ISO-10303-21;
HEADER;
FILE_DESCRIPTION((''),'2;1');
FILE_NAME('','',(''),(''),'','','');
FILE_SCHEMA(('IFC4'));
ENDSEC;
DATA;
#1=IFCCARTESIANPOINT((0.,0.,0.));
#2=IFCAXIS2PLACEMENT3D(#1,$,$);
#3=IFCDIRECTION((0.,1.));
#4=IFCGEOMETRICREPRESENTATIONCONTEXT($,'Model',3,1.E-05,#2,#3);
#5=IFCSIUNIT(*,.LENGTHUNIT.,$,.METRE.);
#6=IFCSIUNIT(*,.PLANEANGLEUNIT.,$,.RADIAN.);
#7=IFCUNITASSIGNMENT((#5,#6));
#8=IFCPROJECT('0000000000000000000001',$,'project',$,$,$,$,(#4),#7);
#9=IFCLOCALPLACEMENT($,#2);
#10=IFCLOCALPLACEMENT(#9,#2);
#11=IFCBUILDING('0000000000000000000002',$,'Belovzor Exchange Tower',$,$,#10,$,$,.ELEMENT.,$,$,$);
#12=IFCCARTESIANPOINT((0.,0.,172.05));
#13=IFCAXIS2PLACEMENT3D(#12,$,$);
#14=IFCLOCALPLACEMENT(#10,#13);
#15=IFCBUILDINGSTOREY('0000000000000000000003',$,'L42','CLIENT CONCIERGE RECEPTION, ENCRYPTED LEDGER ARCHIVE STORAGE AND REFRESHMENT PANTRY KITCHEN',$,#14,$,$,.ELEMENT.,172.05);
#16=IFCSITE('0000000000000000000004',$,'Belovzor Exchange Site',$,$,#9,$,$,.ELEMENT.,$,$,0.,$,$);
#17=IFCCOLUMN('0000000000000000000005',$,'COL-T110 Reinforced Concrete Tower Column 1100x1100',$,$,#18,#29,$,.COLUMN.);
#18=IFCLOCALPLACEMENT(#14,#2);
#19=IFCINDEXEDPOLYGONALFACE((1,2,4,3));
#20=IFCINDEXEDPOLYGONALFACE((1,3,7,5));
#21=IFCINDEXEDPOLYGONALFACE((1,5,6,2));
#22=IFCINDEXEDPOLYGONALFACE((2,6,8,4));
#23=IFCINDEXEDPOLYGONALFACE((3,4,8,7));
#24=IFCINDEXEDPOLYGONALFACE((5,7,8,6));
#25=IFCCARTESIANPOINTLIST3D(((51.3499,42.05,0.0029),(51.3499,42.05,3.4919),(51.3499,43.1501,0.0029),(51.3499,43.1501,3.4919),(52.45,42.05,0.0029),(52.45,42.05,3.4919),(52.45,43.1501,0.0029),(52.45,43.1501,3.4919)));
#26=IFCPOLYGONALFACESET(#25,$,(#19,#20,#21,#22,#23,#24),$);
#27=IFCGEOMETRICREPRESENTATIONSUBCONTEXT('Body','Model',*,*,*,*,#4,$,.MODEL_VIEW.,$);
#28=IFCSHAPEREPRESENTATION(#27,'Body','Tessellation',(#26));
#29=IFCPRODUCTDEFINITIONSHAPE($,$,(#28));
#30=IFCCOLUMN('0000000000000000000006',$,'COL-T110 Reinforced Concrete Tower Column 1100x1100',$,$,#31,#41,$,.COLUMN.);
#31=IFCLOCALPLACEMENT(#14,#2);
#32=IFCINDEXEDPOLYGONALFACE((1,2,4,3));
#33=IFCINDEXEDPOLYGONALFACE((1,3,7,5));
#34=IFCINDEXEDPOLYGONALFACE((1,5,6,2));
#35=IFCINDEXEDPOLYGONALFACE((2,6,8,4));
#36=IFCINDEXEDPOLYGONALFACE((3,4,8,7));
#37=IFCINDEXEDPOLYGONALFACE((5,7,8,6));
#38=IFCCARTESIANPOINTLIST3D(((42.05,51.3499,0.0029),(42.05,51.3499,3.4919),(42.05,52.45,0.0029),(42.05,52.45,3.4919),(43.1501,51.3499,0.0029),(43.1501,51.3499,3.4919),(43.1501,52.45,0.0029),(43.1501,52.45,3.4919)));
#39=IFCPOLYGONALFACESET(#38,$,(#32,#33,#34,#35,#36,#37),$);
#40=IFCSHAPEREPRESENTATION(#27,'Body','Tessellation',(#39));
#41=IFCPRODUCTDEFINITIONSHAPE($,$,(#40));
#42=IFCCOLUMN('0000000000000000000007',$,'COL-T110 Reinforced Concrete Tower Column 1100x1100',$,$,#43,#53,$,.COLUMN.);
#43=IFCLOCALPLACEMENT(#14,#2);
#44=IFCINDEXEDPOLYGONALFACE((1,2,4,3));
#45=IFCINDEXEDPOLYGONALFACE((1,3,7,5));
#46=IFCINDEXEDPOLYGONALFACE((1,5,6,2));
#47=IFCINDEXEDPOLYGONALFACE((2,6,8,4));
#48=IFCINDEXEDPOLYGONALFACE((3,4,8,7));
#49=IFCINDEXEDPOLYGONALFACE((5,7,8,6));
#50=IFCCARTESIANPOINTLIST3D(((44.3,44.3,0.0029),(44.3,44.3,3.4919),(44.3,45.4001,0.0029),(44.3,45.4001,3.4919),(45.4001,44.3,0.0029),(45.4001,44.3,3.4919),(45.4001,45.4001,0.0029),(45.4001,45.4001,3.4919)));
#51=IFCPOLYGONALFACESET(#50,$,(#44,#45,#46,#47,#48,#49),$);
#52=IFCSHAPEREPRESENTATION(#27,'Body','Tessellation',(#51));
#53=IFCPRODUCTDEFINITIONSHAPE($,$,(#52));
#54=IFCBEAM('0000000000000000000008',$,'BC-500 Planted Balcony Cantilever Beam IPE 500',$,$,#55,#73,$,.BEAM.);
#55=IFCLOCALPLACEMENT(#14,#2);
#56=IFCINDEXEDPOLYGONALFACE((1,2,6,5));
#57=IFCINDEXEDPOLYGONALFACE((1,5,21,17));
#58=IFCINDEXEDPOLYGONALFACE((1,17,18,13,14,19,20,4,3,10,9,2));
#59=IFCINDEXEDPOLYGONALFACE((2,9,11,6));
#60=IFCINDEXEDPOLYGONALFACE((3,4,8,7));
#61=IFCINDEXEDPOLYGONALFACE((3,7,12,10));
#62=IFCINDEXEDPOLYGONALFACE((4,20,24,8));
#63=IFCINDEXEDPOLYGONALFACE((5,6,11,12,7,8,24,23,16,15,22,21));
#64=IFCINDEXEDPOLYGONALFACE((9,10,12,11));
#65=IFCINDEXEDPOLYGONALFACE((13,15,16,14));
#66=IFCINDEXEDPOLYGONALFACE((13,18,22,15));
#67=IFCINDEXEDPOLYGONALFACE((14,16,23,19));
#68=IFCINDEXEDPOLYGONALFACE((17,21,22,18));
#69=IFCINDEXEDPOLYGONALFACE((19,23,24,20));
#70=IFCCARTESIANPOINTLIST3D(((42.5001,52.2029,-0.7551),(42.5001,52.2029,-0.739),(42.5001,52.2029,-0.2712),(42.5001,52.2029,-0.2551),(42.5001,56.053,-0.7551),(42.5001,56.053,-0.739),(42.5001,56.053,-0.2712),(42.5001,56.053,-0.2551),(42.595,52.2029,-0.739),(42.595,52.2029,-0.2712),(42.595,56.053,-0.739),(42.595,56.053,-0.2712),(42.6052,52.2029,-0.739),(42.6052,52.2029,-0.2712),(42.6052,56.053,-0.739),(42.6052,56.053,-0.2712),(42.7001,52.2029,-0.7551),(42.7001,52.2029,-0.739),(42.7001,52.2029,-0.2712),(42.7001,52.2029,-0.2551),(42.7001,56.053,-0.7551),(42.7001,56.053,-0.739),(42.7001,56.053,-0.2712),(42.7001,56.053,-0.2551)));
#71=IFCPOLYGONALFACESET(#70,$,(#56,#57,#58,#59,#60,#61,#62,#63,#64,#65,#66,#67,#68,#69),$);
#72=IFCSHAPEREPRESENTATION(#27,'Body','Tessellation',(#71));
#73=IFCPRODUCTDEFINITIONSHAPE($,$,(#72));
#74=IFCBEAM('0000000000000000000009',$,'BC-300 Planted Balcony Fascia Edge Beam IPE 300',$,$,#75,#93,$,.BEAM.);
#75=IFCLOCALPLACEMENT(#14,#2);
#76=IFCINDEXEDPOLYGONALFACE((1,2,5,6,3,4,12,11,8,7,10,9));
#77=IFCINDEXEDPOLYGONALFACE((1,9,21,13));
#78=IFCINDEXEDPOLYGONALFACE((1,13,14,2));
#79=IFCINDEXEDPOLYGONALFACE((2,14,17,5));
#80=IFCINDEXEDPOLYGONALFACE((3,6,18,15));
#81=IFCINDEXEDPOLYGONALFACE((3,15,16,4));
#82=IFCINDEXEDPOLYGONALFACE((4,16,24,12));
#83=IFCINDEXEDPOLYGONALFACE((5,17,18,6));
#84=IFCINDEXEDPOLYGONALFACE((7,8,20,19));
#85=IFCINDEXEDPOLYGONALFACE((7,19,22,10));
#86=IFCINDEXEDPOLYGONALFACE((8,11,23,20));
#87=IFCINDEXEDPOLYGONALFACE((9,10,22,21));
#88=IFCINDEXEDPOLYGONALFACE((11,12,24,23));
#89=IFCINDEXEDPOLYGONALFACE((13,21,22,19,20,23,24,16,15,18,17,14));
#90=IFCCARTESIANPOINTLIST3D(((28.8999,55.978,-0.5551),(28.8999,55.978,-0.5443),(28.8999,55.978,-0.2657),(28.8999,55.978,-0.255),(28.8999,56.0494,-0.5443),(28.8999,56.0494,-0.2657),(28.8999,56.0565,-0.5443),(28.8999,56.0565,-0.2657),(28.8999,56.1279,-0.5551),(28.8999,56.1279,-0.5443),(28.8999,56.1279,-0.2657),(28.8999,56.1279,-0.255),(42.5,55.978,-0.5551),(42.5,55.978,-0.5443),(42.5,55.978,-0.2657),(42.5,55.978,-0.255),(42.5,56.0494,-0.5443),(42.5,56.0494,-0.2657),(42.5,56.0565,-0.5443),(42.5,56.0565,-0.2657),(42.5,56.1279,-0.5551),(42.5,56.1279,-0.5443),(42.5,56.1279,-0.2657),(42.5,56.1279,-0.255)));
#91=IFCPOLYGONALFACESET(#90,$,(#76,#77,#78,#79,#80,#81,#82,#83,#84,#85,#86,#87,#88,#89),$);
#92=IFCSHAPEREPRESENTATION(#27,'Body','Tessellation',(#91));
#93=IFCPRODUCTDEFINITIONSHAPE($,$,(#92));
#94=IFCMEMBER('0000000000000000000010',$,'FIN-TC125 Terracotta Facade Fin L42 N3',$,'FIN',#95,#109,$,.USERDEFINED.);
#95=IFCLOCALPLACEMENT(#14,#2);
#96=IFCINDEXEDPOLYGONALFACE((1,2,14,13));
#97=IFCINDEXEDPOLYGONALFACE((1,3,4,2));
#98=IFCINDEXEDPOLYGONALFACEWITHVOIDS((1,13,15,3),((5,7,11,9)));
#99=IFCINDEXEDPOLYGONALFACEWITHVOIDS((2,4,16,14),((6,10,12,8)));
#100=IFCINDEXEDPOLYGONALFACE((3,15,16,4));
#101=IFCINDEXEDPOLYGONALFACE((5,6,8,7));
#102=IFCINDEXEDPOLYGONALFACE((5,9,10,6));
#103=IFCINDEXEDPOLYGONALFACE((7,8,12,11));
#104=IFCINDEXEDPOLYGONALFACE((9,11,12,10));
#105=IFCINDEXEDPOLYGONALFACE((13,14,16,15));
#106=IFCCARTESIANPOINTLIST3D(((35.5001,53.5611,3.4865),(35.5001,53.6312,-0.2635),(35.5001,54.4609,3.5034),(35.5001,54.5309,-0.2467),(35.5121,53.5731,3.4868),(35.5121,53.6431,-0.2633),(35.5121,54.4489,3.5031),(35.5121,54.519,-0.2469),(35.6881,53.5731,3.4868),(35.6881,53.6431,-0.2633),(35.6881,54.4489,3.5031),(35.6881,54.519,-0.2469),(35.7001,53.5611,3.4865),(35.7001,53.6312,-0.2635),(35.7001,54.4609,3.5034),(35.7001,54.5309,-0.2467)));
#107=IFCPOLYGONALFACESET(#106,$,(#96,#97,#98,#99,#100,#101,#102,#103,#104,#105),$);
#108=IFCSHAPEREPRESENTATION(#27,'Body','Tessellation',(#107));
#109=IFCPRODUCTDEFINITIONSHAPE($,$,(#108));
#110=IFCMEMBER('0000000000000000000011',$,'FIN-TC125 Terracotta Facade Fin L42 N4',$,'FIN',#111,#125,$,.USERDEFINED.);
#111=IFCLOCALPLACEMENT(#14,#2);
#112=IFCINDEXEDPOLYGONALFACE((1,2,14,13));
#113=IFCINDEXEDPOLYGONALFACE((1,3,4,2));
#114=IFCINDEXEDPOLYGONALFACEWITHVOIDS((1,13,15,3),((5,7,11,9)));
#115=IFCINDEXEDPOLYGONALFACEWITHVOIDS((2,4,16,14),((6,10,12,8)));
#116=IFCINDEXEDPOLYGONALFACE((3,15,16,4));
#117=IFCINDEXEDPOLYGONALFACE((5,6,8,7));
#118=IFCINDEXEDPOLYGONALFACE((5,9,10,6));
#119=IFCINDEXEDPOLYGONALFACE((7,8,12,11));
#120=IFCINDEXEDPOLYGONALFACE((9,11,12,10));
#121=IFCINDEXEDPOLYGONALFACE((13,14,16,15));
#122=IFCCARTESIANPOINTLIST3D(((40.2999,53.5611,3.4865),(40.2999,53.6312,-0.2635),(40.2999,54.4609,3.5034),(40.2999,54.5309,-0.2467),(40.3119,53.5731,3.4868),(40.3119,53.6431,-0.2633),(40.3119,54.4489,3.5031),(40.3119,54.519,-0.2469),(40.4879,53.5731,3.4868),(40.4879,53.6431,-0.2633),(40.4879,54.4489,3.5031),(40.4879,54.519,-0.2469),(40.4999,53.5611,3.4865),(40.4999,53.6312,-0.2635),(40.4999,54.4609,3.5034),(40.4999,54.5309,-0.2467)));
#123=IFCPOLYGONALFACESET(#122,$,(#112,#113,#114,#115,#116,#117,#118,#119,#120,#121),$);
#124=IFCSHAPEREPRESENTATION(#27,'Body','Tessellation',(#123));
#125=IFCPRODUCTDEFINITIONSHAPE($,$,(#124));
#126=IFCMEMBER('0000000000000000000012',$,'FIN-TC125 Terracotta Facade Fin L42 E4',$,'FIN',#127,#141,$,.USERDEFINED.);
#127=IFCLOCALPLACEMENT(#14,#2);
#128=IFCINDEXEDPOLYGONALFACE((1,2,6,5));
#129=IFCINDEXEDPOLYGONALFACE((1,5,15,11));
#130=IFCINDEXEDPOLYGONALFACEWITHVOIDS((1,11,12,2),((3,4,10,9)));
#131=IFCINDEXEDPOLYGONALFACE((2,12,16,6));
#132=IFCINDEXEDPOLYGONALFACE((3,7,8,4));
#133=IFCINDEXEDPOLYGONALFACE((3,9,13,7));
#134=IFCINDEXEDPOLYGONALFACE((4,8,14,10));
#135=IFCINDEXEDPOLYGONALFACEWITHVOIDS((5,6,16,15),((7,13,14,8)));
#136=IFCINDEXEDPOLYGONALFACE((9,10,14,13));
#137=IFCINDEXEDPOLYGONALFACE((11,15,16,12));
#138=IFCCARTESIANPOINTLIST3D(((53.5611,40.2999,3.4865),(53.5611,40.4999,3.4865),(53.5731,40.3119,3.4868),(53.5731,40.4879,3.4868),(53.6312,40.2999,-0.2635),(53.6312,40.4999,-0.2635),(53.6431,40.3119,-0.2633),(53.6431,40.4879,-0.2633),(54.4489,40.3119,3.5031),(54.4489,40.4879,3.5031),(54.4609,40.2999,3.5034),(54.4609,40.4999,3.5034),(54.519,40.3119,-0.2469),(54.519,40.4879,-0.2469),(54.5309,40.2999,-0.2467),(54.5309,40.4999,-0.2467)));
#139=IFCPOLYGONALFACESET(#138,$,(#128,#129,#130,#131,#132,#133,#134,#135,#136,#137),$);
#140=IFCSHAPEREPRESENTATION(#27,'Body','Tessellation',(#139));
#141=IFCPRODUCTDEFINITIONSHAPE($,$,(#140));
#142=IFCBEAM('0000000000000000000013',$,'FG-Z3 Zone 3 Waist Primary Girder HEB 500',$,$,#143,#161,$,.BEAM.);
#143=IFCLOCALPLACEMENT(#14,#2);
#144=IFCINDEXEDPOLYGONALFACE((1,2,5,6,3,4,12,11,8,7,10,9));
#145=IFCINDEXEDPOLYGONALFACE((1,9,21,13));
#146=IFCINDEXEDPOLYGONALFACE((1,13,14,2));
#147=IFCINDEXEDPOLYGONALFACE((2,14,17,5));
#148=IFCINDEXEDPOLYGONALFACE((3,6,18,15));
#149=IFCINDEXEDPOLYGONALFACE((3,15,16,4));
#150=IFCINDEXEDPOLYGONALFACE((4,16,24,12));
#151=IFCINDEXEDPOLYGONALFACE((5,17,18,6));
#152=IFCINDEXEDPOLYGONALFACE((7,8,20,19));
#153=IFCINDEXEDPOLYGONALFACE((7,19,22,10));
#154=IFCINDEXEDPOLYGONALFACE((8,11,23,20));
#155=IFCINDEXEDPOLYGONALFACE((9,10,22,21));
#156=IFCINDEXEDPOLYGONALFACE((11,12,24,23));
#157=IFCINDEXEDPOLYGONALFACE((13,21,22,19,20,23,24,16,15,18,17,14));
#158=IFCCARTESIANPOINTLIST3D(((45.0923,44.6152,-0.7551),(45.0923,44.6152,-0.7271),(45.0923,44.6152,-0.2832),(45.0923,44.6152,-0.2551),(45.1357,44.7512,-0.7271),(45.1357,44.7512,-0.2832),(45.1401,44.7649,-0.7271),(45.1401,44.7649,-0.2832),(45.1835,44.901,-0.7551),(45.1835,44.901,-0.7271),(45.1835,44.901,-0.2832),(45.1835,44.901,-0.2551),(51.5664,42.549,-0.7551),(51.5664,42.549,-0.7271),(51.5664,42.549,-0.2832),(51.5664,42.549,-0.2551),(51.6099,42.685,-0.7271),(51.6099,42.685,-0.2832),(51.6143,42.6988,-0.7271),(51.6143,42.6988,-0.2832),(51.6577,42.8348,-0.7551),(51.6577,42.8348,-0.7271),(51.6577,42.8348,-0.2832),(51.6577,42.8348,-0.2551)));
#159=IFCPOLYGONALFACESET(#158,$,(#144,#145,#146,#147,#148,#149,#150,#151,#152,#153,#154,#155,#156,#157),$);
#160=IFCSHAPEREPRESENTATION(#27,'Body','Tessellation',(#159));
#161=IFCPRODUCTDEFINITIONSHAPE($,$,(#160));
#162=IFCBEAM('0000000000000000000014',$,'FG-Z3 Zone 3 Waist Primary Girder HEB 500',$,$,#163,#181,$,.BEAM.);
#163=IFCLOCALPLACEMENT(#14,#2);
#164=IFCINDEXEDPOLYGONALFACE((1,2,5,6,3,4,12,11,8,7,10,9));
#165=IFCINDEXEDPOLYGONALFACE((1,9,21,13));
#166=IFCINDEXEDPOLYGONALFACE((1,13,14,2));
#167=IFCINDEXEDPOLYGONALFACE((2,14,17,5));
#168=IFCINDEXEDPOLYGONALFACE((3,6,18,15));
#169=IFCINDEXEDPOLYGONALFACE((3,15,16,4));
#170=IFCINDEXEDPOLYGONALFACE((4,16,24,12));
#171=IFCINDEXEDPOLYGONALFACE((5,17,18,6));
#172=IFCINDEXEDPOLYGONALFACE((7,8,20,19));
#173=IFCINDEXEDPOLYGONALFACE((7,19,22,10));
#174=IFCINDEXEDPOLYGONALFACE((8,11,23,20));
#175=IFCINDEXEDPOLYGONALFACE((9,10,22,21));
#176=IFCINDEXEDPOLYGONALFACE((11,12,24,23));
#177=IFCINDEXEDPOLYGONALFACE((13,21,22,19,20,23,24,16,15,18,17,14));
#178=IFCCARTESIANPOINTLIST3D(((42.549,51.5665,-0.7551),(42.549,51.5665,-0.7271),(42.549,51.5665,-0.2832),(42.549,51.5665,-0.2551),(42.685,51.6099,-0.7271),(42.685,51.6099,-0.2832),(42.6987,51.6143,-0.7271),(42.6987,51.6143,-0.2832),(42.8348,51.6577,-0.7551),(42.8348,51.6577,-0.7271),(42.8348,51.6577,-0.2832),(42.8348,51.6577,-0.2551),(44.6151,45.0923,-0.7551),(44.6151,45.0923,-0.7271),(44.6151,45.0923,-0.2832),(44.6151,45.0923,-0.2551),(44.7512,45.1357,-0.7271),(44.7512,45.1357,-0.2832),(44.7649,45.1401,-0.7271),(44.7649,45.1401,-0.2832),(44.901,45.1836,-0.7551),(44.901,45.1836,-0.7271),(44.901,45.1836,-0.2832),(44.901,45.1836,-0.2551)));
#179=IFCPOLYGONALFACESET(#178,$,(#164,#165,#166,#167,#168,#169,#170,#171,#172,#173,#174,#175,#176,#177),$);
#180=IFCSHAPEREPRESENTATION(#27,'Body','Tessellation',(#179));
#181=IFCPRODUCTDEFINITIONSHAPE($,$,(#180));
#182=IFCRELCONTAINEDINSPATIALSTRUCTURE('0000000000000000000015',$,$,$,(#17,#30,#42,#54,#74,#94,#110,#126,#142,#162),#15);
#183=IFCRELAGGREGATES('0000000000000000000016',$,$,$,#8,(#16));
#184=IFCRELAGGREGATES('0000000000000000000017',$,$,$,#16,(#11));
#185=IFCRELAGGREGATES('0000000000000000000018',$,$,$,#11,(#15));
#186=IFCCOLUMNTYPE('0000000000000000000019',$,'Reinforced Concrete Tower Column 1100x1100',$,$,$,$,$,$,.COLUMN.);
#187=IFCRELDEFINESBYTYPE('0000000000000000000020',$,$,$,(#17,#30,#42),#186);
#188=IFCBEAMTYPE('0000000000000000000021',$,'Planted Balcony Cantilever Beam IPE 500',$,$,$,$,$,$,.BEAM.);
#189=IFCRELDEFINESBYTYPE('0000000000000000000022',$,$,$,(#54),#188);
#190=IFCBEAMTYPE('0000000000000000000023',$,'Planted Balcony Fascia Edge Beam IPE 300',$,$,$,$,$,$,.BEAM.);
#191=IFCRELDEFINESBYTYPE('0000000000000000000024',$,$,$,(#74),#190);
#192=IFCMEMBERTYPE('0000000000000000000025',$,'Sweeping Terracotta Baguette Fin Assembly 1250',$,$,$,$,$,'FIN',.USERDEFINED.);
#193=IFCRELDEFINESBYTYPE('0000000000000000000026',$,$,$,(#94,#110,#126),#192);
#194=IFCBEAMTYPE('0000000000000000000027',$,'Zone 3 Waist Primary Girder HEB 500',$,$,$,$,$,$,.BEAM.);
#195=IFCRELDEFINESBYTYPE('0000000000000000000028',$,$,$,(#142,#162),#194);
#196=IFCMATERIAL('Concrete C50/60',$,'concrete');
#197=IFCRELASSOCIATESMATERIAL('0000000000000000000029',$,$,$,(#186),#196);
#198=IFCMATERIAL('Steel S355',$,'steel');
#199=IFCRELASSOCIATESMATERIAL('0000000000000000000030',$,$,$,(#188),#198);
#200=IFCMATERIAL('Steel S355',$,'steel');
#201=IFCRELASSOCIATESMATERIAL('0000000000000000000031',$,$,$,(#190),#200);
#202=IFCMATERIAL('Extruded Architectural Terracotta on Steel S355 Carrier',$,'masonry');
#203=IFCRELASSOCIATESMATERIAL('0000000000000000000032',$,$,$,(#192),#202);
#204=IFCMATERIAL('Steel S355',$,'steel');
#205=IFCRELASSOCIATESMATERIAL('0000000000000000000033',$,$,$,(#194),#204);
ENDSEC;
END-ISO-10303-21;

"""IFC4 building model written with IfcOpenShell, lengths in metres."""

from ifc_helpers import new_model, si_unit, direction, frame, origin, origin_2d, place, context, subcontext, project, spatial, rectangle, hollow_rectangle, i_section, extrude, material, material_profile, profile_set, type_object, element, save


model = new_model("IFC4")

# Units and contexts
model_context = context("Model", 3, precision=1e-05, world=origin(), true_north=direction((0.0, 1.0)))
body_context = subcontext(model_context, "Body", "Model", "MODEL_VIEW")
ifc_project = project(units=[si_unit("LENGTHUNIT", "METRE"), si_unit("PLANEANGLEUNIT", "RADIAN")], contexts=[model_context])

# Site, building, storey
site_placement = place(None, origin())
site = spatial("IfcSite", under=ifc_project, at=site_placement, Name="Belovzor Exchange Site", CompositionType="ELEMENT", RefElevation=0.0)
building_placement = place(site_placement, origin())
building = spatial("IfcBuilding", under=site, at=building_placement, Name="Belovzor Exchange Tower", CompositionType="ELEMENT")
storey_placement = place(building_placement, frame((0.0, 0.0, 172.05)))
storey = spatial("IfcBuildingStorey", under=building, at=storey_placement, Name="L42", Description="CLIENT CONCIERGE RECEPTION, ENCRYPTED LEDGER ARCHIVE STORAGE AND REFRESHMENT PANTRY KITCHEN", CompositionType="ELEMENT", Elevation=172.05)

# Columns
ifc_material_1 = material(Name="Concrete C50/60", Category="concrete")
ifc_material_profile_1 = material_profile(ifc_material_1, rectangle(XDim=1.1001, YDim=1.1001, at=origin_2d()))
ifc_profile_set_1 = profile_set([ifc_material_profile_1], Name="Concrete C50/60")
column_type = type_object("IfcColumnType", Name="Reinforced Concrete Tower Column 1100x1100", PredefinedType="COLUMN", material=ifc_profile_set_1)
for number, where, z_axis, x_axis, name in (
    (1, (51.8999, 42.6001, 0.0029), (0.0, 0.0, 1.0), (1.0, 0.0, 0.0), "COL-T110 Reinforced Concrete Tower Column 1100x1100"),
    (2, (42.6001, 51.8999, 0.0029), (0.0, 0.0, 1.0), (1.0, 0.0, 0.0), "COL-T110 Reinforced Concrete Tower Column 1100x1100"),
    (3, (44.8501, 44.8501, 0.0029), (0.0, 0.0, 1.0), (1.0, 0.0, 0.0), "COL-T110 Reinforced Concrete Tower Column 1100x1100"),
):
    element("IfcColumn", number, at=place(storey_placement, frame(where, z_axis=z_axis, x_axis=x_axis)), inside=storey, type_object=column_type, Name=name, PredefinedType="COLUMN", context=body_context, shape_type="SweptSolid", body=[
        extrude(rectangle(XDim=1.1001, YDim=1.1001, at=origin_2d()), origin(), (0.0, 0.0, 1.0), 3.489),
    ])

# Beams
ifc_material_2 = material(Name="Steel S355", Category="steel")
ifc_material_profile_2 = material_profile(ifc_material_2, i_section(OverallWidth=0.2, OverallDepth=0.5, WebThickness=0.0103, FlangeThickness=0.0161, at=origin_2d()))
ifc_profile_set_2 = profile_set([ifc_material_profile_2], Name="Steel S355")
beam_type_1 = type_object("IfcBeamType", Name="Planted Balcony Cantilever Beam IPE 500", PredefinedType="BEAM", material=ifc_profile_set_2)
beam_1_placement = place(storey_placement, frame((42.6001, 52.2029, -0.5051), z_axis=(0.0, 1.0, 0.0), x_axis=(-1.0, 0.0, 0.0)))
element("IfcBeam", 4, at=beam_1_placement, inside=storey, type_object=beam_type_1, Name="BC-500 Planted Balcony Cantilever Beam IPE 500", PredefinedType="BEAM", context=body_context, shape_type="SweptSolid", body=[
    extrude(i_section(OverallWidth=0.2, OverallDepth=0.5, WebThickness=0.0103, FlangeThickness=0.0161, at=origin_2d()), origin(), (0.0, 0.0, 1.0), 3.8501),
])
ifc_material_3 = material(Name="Steel S355", Category="steel")
ifc_material_profile_3 = material_profile(ifc_material_3, i_section(OverallWidth=0.1499, OverallDepth=0.3, WebThickness=0.0071, FlangeThickness=0.0107, at=origin_2d()))
ifc_profile_set_3 = profile_set([ifc_material_profile_3], Name="Steel S355")
beam_type_2 = type_object("IfcBeamType", Name="Planted Balcony Fascia Edge Beam IPE 300", PredefinedType="BEAM", material=ifc_profile_set_3)
beam_2_placement = place(storey_placement, frame((42.5, 56.053, -0.405), z_axis=(-1.0, 0.0, 0.0), x_axis=(0.0, -1.0, 0.0)))
element("IfcBeam", 5, at=beam_2_placement, inside=storey, type_object=beam_type_2, Name="BC-300 Planted Balcony Fascia Edge Beam IPE 300", PredefinedType="BEAM", context=body_context, shape_type="SweptSolid", body=[
    extrude(i_section(OverallWidth=0.1499, OverallDepth=0.3, WebThickness=0.0071, FlangeThickness=0.0107, at=origin_2d()), origin(), (0.0, 0.0, 1.0), 13.6001),
])

# Members
ifc_material_4 = material(Name="Extruded Architectural Terracotta on Steel S355 Carrier", Category="masonry")
ifc_material_profile_4 = material_profile(ifc_material_4, hollow_rectangle(XDim=0.2, YDim=0.8999, WallThickness=0.012, at=origin_2d()))
ifc_profile_set_4 = profile_set([ifc_material_profile_4], Name="Extruded Architectural Terracotta on Steel S355 Carrier")
member_type = type_object("IfcMemberType", Name="Sweeping Terracotta Baguette Fin Assembly 1250", ElementType="FIN", PredefinedType="USERDEFINED", material=ifc_profile_set_4)
for number, where, z_axis, x_axis, name in (
    (6, (35.6001, 54.0811, -0.2551), (0.0, -0.018682, 0.999825), (1.0, 0.0, 0.0), "FIN-TC125 Terracotta Facade Fin L42 N3"),
    (7, (40.3999, 54.0811, -0.2551), (0.0, -0.018682, 0.999825), (1.0, 0.0, 0.0), "FIN-TC125 Terracotta Facade Fin L42 N4"),
    (8, (54.0811, 40.3999, -0.2551), (-0.018682, 0.0, 0.999825), (0.0, -1.0, 0.0), "FIN-TC125 Terracotta Facade Fin L42 E4"),
):
    element("IfcMember", number, at=place(storey_placement, frame(where, z_axis=z_axis, x_axis=x_axis)), inside=storey, type_object=member_type, Name=name, ObjectType="FIN", PredefinedType="USERDEFINED", context=body_context, shape_type="SweptSolid", body=[
        extrude(hollow_rectangle(XDim=0.2, YDim=0.8999, WallThickness=0.012, at=origin_2d()), origin(), (0.0, 0.0, 1.0), 3.7507),
    ])

# Beams
ifc_material_5 = material(Name="Steel S355", Category="steel")
ifc_material_profile_5 = material_profile(ifc_material_5, i_section(OverallWidth=0.3, OverallDepth=0.5, WebThickness=0.0144, FlangeThickness=0.0281, at=origin_2d()))
ifc_profile_set_5 = profile_set([ifc_material_profile_5], Name="Steel S355")
beam_type_3 = type_object("IfcBeamType", Name="Zone 3 Waist Primary Girder HEB 500", PredefinedType="BEAM", material=ifc_profile_set_5)
for number, where, z_axis, x_axis, name in (
    (9, (51.6121, 42.6919, -0.5051), (-0.952661, 0.304034, 0.0), (-0.304034, -0.952661, 0.0), "FG-Z3 Zone 3 Waist Primary Girder HEB 500"),
    (10, (44.7581, 45.1379, -0.5051), (-0.304034, 0.952661, 0.0), (-0.952661, -0.304034, 0.0), "FG-Z3 Zone 3 Waist Primary Girder HEB 500"),
):
    element("IfcBeam", number, at=place(storey_placement, frame(where, z_axis=z_axis, x_axis=x_axis)), inside=storey, type_object=beam_type_3, Name=name, PredefinedType="BEAM", context=body_context, shape_type="SweptSolid", body=[
        extrude(i_section(OverallWidth=0.3, OverallDepth=0.5, WebThickness=0.0144, FlangeThickness=0.0281, at=origin_2d()), origin(), (0.0, 0.0, 1.0), 6.7959),
    ])

save(model, "model.ifc")
